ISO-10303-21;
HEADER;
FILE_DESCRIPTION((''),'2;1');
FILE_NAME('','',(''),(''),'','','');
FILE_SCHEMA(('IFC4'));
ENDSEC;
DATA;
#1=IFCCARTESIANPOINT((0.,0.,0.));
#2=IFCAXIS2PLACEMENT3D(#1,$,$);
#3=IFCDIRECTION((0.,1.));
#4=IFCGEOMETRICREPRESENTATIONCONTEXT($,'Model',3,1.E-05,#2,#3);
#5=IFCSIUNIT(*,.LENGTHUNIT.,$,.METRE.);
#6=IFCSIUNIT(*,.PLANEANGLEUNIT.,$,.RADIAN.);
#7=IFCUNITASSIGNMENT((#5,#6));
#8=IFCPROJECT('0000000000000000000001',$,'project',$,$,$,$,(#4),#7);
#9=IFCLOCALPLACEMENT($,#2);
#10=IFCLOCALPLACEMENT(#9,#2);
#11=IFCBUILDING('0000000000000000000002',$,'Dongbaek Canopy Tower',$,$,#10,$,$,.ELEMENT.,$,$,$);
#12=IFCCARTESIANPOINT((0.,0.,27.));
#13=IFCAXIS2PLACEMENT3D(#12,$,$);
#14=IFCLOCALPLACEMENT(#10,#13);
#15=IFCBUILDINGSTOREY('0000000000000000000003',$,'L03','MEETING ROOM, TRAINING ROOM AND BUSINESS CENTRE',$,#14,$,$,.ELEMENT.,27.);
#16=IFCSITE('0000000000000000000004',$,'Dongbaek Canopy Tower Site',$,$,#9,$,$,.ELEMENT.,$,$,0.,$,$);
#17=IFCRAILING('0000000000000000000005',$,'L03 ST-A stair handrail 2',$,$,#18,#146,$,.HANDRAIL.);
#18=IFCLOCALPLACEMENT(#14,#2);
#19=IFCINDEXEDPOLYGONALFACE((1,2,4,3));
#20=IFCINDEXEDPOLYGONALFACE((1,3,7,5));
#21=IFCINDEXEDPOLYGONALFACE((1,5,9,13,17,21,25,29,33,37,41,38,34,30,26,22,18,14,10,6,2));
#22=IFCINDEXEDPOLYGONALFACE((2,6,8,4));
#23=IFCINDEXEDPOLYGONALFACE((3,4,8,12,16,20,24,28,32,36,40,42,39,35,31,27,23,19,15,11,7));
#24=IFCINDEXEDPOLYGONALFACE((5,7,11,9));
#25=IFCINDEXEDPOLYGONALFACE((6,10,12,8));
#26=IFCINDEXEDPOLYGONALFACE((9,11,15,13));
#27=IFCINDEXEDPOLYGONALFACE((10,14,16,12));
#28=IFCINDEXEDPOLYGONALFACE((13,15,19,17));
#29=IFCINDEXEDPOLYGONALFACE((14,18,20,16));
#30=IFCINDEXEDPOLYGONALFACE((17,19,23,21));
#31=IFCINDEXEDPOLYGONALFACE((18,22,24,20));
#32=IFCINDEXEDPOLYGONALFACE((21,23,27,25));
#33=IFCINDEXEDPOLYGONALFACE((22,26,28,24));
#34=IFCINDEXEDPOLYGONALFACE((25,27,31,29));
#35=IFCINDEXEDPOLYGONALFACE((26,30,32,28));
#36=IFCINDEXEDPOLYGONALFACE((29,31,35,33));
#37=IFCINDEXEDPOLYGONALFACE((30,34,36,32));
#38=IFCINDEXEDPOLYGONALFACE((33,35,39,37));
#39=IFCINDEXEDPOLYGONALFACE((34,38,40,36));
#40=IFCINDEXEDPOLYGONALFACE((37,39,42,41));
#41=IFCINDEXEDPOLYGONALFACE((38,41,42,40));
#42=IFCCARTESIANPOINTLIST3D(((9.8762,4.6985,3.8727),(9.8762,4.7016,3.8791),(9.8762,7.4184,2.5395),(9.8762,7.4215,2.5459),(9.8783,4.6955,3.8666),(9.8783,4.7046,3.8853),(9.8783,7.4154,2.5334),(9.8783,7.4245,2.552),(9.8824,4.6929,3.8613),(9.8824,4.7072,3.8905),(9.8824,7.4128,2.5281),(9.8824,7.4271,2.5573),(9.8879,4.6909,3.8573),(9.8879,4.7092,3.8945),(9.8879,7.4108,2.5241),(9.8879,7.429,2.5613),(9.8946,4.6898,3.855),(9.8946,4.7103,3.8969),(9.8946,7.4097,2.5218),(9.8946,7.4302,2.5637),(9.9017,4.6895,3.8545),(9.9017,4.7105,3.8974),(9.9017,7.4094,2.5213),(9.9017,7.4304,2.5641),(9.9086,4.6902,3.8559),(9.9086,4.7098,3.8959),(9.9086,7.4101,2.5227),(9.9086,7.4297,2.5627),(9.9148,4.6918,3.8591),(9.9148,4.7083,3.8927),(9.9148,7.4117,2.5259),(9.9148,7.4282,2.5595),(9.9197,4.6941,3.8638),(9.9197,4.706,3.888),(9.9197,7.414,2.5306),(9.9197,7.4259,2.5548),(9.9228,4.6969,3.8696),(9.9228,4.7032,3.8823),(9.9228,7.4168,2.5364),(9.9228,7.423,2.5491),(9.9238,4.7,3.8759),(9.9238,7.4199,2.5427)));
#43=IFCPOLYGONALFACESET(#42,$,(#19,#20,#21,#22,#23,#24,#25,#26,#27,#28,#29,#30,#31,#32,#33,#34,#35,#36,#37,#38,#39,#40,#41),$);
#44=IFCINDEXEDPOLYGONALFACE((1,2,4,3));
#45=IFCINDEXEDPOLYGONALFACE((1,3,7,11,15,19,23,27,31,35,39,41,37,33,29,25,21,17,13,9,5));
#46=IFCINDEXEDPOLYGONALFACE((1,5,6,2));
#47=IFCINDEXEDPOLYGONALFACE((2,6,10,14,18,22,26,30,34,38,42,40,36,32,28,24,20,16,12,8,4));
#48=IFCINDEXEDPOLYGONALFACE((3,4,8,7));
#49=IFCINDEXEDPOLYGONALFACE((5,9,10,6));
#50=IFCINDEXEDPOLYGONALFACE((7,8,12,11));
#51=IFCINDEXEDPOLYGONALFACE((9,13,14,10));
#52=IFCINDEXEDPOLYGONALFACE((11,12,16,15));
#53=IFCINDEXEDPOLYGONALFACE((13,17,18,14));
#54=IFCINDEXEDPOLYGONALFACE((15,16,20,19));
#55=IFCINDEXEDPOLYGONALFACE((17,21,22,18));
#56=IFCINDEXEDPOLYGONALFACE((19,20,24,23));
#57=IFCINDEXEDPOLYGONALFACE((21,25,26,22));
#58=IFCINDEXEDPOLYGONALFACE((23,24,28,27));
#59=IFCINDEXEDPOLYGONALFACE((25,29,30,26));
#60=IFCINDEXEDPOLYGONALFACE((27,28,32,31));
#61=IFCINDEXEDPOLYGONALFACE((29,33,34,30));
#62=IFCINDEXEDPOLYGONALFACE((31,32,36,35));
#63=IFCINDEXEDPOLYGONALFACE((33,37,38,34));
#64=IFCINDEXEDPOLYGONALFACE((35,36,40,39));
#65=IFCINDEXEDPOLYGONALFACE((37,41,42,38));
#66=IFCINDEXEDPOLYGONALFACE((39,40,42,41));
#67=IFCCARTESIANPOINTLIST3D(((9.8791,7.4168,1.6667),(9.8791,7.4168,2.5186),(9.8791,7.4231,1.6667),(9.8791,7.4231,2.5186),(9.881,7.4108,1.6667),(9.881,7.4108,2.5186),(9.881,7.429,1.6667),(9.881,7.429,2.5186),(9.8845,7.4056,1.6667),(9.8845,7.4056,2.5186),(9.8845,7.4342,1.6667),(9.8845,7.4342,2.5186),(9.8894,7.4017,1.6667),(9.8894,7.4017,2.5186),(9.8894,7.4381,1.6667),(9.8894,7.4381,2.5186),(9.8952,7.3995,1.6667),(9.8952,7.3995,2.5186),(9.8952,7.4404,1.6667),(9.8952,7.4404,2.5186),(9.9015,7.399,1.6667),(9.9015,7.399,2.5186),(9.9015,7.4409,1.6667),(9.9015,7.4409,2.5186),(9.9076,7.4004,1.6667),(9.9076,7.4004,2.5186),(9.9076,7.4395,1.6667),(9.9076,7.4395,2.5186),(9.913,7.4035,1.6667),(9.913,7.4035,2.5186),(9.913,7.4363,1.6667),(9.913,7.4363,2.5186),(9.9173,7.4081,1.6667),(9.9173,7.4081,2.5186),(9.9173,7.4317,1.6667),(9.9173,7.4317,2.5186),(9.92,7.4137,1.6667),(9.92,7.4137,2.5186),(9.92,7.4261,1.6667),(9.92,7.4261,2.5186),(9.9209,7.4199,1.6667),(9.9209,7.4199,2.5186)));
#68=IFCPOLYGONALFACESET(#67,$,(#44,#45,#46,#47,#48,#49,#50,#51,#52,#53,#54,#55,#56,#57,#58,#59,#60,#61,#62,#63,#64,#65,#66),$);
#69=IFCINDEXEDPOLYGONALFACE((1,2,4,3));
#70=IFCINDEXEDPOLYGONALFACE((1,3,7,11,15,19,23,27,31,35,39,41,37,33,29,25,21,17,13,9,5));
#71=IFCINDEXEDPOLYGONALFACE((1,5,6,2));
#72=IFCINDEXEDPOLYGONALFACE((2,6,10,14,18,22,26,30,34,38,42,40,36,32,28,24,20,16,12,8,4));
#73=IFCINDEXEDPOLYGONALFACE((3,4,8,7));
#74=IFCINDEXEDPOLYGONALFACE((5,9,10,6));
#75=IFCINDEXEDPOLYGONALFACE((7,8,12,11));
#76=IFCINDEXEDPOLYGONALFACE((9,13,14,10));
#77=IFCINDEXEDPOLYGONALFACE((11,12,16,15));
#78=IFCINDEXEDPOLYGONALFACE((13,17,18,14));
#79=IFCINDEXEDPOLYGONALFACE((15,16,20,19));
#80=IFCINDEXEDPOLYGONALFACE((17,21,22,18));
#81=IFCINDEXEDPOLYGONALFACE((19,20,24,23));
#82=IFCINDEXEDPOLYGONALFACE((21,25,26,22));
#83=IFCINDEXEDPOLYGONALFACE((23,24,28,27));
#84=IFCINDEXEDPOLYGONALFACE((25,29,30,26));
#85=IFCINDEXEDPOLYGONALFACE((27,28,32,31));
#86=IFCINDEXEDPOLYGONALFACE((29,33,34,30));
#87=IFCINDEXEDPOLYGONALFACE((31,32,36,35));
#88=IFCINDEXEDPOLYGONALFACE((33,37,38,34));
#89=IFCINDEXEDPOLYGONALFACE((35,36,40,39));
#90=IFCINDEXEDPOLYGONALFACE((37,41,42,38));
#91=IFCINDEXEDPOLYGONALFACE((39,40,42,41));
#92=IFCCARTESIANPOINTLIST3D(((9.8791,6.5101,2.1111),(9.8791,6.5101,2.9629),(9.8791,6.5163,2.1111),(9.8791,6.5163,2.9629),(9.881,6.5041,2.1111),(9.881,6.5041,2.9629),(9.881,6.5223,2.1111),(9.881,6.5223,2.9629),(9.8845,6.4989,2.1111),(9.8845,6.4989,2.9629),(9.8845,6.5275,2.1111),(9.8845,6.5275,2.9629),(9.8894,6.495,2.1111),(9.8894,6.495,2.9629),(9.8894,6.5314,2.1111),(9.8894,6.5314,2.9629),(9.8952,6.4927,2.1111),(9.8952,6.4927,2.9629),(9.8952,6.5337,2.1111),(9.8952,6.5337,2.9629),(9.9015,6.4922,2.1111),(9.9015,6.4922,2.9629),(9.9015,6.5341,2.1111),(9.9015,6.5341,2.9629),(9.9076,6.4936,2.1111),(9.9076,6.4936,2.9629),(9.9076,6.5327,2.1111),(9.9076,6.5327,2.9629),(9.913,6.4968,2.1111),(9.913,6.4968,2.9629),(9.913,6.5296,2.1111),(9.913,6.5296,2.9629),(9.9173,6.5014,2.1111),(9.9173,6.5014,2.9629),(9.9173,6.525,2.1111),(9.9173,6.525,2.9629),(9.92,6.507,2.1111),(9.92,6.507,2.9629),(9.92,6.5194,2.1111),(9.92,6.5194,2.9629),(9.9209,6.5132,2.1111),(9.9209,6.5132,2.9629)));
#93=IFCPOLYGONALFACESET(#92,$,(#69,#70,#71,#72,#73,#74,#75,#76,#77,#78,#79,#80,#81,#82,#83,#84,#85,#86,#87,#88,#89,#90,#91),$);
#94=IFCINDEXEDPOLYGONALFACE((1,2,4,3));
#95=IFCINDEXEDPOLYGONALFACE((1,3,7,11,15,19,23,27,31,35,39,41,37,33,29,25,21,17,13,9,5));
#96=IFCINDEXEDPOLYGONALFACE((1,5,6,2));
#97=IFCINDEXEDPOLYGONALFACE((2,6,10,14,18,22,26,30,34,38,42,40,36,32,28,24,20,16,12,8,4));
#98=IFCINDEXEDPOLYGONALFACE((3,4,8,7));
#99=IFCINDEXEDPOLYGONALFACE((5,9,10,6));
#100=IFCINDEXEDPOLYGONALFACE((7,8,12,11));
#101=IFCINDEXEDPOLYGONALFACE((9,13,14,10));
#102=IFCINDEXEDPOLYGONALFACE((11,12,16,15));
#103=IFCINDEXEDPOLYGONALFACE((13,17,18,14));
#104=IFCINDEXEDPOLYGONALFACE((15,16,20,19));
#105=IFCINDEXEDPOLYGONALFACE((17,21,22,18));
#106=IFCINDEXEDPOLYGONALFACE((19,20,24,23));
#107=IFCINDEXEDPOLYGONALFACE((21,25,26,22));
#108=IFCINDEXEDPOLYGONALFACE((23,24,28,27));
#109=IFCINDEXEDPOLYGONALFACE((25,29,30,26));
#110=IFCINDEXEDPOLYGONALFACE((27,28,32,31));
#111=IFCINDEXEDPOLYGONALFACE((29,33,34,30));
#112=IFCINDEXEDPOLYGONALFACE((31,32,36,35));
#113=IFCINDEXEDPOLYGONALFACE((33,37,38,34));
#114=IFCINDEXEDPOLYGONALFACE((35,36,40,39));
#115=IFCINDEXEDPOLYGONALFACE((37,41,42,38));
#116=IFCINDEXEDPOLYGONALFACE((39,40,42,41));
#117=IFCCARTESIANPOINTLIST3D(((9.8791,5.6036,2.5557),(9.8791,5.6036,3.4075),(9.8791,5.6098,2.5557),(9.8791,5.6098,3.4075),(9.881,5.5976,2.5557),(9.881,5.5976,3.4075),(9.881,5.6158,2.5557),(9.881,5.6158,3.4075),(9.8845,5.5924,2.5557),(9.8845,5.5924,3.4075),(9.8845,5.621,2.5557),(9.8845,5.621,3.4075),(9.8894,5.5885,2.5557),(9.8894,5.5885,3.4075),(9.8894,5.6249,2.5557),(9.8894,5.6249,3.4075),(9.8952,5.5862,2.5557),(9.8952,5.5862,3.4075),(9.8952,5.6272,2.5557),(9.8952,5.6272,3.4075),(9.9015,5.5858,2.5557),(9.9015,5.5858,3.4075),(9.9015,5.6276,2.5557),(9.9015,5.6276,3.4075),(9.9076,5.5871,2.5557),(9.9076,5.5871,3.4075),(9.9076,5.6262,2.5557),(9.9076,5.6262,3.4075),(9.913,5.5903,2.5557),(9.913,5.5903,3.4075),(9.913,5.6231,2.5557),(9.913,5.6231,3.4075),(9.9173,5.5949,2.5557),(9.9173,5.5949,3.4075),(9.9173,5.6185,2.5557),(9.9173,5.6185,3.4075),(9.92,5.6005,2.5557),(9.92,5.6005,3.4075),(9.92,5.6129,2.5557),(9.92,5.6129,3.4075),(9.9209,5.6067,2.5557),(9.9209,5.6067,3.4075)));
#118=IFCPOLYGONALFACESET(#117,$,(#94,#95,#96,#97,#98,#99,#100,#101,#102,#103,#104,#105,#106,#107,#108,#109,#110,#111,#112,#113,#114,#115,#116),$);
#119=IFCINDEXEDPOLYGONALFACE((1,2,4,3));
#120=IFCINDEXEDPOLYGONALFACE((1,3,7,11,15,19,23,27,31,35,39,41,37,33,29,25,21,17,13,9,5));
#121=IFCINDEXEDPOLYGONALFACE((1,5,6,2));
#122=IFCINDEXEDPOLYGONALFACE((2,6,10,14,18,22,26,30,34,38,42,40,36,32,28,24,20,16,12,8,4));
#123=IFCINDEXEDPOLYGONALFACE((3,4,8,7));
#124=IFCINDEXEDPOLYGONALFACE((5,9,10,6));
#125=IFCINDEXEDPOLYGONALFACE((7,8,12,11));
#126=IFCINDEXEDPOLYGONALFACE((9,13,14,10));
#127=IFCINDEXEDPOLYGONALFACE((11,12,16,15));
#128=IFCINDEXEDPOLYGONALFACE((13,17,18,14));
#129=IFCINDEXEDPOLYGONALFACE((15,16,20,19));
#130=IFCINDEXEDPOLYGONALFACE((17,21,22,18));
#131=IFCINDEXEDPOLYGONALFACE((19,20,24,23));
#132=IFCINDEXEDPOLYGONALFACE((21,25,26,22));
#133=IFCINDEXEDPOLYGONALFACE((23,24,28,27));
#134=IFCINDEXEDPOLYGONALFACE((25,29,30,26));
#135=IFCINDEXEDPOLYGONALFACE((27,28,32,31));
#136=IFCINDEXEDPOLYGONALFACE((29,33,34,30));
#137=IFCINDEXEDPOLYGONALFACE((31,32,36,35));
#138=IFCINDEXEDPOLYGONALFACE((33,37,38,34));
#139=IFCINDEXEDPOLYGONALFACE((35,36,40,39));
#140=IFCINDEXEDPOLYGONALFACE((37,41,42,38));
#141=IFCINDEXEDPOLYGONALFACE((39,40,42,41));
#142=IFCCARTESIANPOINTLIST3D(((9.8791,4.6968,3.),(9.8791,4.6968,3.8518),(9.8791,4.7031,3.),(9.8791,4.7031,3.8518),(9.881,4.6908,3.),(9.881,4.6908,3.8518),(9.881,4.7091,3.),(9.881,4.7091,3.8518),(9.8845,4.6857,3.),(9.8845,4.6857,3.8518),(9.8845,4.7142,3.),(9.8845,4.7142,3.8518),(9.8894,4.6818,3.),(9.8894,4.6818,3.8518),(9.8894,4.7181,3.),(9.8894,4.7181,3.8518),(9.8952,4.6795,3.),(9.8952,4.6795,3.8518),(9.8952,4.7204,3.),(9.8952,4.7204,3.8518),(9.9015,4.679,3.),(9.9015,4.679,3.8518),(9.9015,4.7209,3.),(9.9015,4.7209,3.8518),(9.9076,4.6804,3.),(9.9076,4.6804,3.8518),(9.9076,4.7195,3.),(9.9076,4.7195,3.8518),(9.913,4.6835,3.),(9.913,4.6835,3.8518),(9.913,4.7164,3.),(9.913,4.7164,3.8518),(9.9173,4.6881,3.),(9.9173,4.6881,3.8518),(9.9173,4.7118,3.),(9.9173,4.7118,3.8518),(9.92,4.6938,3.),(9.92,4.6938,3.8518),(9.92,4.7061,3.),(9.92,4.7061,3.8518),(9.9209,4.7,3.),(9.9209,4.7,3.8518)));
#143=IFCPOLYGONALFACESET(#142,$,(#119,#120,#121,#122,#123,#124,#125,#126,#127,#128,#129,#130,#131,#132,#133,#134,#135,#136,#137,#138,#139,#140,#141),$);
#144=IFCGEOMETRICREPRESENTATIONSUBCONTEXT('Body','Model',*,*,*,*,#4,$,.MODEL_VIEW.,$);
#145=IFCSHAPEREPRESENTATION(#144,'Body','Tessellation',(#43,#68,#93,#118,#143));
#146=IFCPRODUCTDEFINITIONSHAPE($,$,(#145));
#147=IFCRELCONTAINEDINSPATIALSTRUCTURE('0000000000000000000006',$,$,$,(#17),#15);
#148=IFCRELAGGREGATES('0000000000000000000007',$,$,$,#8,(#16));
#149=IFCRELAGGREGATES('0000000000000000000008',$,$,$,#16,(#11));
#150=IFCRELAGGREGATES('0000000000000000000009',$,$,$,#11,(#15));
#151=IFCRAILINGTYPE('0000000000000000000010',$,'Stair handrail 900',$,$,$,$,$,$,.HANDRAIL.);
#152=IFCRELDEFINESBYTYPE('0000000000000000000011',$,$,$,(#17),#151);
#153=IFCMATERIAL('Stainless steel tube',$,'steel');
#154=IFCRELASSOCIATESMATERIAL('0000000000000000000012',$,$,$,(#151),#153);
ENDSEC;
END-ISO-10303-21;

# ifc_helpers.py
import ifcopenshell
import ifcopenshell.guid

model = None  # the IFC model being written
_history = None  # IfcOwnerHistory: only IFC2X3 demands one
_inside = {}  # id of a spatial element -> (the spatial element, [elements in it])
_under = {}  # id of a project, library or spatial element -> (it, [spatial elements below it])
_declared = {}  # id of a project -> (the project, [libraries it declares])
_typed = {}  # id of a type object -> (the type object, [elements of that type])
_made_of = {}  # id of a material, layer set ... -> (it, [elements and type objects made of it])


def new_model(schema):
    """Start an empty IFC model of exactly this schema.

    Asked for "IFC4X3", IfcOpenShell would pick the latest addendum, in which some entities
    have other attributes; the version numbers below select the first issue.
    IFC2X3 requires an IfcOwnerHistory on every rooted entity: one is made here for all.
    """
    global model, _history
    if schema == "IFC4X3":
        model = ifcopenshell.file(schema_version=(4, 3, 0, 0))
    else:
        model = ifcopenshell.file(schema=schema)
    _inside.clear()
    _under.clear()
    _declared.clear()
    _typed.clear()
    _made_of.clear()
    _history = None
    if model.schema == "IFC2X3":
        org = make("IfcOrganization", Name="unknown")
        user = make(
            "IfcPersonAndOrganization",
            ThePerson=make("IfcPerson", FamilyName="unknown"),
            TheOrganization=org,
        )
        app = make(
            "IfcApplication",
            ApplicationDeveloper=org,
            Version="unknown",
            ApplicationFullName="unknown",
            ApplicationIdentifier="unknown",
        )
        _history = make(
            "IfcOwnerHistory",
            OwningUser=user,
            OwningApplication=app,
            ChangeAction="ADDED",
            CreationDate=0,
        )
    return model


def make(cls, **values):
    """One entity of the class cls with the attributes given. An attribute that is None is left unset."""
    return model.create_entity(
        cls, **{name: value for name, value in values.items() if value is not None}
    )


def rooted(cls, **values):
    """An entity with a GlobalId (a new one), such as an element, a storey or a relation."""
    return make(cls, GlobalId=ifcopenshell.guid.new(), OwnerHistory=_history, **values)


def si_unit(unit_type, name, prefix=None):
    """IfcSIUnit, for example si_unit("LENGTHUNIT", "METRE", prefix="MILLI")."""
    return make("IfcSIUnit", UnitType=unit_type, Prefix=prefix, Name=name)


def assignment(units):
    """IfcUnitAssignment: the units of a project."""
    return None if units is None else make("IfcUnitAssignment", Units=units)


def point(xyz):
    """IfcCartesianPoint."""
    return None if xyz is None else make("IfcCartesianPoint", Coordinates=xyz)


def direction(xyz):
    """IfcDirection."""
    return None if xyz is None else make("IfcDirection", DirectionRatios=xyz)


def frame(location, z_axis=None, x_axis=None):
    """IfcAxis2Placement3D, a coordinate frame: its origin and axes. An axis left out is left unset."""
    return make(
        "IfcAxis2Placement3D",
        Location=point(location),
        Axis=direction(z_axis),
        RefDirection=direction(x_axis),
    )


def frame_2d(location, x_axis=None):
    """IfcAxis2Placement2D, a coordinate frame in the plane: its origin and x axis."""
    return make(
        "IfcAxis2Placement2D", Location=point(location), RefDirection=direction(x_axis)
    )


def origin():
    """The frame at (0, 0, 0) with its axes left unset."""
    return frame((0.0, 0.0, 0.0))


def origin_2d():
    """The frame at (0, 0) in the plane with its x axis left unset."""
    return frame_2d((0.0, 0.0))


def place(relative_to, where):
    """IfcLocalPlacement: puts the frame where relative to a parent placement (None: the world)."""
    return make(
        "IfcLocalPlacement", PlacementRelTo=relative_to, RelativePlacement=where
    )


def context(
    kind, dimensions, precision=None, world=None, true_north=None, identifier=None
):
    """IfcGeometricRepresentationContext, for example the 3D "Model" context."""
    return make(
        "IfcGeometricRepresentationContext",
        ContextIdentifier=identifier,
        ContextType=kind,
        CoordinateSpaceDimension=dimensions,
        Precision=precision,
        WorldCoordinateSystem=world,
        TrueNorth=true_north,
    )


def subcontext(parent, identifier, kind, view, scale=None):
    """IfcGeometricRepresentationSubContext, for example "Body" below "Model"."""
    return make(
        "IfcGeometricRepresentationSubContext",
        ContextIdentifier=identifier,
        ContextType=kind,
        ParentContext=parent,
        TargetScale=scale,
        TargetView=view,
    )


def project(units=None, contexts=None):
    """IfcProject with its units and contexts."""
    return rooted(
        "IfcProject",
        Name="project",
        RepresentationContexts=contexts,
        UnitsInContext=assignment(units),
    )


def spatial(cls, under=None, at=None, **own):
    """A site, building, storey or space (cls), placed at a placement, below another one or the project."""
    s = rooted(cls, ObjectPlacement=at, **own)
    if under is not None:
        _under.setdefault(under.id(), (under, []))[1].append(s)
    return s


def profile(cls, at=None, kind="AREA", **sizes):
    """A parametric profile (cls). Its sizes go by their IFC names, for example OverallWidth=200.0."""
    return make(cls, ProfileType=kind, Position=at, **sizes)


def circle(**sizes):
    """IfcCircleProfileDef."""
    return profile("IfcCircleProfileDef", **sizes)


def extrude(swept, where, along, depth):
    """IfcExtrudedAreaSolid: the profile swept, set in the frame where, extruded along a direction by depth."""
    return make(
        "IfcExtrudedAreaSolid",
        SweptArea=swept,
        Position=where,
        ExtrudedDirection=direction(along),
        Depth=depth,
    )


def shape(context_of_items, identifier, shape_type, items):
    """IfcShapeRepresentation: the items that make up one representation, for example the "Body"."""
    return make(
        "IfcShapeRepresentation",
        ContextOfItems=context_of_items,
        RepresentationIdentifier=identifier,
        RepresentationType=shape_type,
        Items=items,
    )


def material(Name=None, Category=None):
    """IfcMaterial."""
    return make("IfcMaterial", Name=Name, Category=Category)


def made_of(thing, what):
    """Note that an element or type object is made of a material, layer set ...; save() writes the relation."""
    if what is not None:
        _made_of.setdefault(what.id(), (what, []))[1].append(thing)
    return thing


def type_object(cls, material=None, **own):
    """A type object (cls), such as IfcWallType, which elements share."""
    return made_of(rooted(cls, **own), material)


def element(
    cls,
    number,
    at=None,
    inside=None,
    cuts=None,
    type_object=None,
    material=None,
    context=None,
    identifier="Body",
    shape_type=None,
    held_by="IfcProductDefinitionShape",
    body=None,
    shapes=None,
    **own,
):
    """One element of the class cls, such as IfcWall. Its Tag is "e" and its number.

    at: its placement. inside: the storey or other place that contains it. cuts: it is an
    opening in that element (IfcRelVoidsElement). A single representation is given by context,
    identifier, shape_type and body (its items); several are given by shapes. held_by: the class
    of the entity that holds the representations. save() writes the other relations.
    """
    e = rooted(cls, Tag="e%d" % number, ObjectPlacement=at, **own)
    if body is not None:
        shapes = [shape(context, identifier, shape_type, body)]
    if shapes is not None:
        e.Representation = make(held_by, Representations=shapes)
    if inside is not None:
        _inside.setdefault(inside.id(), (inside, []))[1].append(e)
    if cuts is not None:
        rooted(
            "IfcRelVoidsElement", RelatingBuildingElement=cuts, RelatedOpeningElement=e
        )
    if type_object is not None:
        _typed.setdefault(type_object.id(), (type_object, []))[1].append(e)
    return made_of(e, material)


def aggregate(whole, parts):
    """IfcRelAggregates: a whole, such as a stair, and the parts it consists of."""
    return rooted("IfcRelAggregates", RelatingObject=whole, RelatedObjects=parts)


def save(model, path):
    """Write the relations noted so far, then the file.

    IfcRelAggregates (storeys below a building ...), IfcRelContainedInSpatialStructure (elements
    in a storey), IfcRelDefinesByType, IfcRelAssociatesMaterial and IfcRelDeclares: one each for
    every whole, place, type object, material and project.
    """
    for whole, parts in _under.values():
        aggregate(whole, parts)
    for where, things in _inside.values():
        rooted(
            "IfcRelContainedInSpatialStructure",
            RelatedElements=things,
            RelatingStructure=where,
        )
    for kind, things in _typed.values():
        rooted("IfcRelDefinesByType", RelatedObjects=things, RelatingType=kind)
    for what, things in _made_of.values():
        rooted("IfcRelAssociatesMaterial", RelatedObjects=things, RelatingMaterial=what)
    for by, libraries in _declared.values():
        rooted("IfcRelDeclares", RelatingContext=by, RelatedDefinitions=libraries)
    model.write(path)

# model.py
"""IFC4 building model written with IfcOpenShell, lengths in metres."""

from ifc_helpers import new_model, si_unit, direction, frame, origin, origin_2d, place, context, subcontext, project, spatial, circle, extrude, material, type_object, element, save


model = new_model("IFC4")

# Units and contexts
model_context = context("Model", 3, precision=1e-05, world=origin(), true_north=direction((0.0, 1.0)))
body_context = subcontext(model_context, "Body", "Model", "MODEL_VIEW")
ifc_project = project(units=[si_unit("LENGTHUNIT", "METRE"), si_unit("PLANEANGLEUNIT", "RADIAN")], contexts=[model_context])

# Site, building, storey
site_placement = place(None, origin())
site = spatial("IfcSite", under=ifc_project, at=site_placement, Name="Dongbaek Canopy Tower Site", CompositionType="ELEMENT", RefElevation=0.0)
building_placement = place(site_placement, origin())
building = spatial("IfcBuilding", under=site, at=building_placement, Name="Dongbaek Canopy Tower", CompositionType="ELEMENT")
storey_placement = place(building_placement, frame((0.0, 0.0, 27.0)))
storey = spatial("IfcBuildingStorey", under=building, at=storey_placement, Name="L03", Description="MEETING ROOM, TRAINING ROOM AND BUSINESS CENTRE", CompositionType="ELEMENT", Elevation=27.0)

# Railing
ifc_material_1 = material(Name="Stainless steel tube", Category="steel")
railing_type = type_object("IfcRailingType", Name="Stair handrail 900", PredefinedType="HANDRAIL", material=ifc_material_1)
for number, where, name in (
    (1, (9.8999, 7.4199, 1.6667), "L03 ST-A stair handrail 2"),
):
    element("IfcRailing", number, at=place(storey_placement, frame(where)), inside=storey, type_object=railing_type, Name=name, PredefinedType="HANDRAIL", context=body_context, shape_type="SweptSolid", body=[
        extrude(circle(Radius=0.0239, at=origin_2d()), frame((0.0, 0.0, 0.876), z_axis=(0.0, -0.897929, 0.440139), x_axis=(1.0, 0.0, 0.0)), (0.0, 0.0, 1.0), 3.0291),
        extrude(circle(Radius=0.021, at=origin_2d()), origin(), (0.0, 0.0, 1.0), 0.8518),
        extrude(circle(Radius=0.021, at=origin_2d()), frame((0.0, -0.9067, 0.4443)), (0.0, 0.0, 1.0), 0.8518),
        extrude(circle(Radius=0.021, at=origin_2d()), frame((0.0, -1.8132, 0.8889)), (0.0, 0.0, 1.0), 0.8518),
        extrude(circle(Radius=0.021, at=origin_2d()), frame((0.0, -2.72, 1.3333)), (0.0, 0.0, 1.0), 0.8518),
    ])

save(model, "model.ifc")
